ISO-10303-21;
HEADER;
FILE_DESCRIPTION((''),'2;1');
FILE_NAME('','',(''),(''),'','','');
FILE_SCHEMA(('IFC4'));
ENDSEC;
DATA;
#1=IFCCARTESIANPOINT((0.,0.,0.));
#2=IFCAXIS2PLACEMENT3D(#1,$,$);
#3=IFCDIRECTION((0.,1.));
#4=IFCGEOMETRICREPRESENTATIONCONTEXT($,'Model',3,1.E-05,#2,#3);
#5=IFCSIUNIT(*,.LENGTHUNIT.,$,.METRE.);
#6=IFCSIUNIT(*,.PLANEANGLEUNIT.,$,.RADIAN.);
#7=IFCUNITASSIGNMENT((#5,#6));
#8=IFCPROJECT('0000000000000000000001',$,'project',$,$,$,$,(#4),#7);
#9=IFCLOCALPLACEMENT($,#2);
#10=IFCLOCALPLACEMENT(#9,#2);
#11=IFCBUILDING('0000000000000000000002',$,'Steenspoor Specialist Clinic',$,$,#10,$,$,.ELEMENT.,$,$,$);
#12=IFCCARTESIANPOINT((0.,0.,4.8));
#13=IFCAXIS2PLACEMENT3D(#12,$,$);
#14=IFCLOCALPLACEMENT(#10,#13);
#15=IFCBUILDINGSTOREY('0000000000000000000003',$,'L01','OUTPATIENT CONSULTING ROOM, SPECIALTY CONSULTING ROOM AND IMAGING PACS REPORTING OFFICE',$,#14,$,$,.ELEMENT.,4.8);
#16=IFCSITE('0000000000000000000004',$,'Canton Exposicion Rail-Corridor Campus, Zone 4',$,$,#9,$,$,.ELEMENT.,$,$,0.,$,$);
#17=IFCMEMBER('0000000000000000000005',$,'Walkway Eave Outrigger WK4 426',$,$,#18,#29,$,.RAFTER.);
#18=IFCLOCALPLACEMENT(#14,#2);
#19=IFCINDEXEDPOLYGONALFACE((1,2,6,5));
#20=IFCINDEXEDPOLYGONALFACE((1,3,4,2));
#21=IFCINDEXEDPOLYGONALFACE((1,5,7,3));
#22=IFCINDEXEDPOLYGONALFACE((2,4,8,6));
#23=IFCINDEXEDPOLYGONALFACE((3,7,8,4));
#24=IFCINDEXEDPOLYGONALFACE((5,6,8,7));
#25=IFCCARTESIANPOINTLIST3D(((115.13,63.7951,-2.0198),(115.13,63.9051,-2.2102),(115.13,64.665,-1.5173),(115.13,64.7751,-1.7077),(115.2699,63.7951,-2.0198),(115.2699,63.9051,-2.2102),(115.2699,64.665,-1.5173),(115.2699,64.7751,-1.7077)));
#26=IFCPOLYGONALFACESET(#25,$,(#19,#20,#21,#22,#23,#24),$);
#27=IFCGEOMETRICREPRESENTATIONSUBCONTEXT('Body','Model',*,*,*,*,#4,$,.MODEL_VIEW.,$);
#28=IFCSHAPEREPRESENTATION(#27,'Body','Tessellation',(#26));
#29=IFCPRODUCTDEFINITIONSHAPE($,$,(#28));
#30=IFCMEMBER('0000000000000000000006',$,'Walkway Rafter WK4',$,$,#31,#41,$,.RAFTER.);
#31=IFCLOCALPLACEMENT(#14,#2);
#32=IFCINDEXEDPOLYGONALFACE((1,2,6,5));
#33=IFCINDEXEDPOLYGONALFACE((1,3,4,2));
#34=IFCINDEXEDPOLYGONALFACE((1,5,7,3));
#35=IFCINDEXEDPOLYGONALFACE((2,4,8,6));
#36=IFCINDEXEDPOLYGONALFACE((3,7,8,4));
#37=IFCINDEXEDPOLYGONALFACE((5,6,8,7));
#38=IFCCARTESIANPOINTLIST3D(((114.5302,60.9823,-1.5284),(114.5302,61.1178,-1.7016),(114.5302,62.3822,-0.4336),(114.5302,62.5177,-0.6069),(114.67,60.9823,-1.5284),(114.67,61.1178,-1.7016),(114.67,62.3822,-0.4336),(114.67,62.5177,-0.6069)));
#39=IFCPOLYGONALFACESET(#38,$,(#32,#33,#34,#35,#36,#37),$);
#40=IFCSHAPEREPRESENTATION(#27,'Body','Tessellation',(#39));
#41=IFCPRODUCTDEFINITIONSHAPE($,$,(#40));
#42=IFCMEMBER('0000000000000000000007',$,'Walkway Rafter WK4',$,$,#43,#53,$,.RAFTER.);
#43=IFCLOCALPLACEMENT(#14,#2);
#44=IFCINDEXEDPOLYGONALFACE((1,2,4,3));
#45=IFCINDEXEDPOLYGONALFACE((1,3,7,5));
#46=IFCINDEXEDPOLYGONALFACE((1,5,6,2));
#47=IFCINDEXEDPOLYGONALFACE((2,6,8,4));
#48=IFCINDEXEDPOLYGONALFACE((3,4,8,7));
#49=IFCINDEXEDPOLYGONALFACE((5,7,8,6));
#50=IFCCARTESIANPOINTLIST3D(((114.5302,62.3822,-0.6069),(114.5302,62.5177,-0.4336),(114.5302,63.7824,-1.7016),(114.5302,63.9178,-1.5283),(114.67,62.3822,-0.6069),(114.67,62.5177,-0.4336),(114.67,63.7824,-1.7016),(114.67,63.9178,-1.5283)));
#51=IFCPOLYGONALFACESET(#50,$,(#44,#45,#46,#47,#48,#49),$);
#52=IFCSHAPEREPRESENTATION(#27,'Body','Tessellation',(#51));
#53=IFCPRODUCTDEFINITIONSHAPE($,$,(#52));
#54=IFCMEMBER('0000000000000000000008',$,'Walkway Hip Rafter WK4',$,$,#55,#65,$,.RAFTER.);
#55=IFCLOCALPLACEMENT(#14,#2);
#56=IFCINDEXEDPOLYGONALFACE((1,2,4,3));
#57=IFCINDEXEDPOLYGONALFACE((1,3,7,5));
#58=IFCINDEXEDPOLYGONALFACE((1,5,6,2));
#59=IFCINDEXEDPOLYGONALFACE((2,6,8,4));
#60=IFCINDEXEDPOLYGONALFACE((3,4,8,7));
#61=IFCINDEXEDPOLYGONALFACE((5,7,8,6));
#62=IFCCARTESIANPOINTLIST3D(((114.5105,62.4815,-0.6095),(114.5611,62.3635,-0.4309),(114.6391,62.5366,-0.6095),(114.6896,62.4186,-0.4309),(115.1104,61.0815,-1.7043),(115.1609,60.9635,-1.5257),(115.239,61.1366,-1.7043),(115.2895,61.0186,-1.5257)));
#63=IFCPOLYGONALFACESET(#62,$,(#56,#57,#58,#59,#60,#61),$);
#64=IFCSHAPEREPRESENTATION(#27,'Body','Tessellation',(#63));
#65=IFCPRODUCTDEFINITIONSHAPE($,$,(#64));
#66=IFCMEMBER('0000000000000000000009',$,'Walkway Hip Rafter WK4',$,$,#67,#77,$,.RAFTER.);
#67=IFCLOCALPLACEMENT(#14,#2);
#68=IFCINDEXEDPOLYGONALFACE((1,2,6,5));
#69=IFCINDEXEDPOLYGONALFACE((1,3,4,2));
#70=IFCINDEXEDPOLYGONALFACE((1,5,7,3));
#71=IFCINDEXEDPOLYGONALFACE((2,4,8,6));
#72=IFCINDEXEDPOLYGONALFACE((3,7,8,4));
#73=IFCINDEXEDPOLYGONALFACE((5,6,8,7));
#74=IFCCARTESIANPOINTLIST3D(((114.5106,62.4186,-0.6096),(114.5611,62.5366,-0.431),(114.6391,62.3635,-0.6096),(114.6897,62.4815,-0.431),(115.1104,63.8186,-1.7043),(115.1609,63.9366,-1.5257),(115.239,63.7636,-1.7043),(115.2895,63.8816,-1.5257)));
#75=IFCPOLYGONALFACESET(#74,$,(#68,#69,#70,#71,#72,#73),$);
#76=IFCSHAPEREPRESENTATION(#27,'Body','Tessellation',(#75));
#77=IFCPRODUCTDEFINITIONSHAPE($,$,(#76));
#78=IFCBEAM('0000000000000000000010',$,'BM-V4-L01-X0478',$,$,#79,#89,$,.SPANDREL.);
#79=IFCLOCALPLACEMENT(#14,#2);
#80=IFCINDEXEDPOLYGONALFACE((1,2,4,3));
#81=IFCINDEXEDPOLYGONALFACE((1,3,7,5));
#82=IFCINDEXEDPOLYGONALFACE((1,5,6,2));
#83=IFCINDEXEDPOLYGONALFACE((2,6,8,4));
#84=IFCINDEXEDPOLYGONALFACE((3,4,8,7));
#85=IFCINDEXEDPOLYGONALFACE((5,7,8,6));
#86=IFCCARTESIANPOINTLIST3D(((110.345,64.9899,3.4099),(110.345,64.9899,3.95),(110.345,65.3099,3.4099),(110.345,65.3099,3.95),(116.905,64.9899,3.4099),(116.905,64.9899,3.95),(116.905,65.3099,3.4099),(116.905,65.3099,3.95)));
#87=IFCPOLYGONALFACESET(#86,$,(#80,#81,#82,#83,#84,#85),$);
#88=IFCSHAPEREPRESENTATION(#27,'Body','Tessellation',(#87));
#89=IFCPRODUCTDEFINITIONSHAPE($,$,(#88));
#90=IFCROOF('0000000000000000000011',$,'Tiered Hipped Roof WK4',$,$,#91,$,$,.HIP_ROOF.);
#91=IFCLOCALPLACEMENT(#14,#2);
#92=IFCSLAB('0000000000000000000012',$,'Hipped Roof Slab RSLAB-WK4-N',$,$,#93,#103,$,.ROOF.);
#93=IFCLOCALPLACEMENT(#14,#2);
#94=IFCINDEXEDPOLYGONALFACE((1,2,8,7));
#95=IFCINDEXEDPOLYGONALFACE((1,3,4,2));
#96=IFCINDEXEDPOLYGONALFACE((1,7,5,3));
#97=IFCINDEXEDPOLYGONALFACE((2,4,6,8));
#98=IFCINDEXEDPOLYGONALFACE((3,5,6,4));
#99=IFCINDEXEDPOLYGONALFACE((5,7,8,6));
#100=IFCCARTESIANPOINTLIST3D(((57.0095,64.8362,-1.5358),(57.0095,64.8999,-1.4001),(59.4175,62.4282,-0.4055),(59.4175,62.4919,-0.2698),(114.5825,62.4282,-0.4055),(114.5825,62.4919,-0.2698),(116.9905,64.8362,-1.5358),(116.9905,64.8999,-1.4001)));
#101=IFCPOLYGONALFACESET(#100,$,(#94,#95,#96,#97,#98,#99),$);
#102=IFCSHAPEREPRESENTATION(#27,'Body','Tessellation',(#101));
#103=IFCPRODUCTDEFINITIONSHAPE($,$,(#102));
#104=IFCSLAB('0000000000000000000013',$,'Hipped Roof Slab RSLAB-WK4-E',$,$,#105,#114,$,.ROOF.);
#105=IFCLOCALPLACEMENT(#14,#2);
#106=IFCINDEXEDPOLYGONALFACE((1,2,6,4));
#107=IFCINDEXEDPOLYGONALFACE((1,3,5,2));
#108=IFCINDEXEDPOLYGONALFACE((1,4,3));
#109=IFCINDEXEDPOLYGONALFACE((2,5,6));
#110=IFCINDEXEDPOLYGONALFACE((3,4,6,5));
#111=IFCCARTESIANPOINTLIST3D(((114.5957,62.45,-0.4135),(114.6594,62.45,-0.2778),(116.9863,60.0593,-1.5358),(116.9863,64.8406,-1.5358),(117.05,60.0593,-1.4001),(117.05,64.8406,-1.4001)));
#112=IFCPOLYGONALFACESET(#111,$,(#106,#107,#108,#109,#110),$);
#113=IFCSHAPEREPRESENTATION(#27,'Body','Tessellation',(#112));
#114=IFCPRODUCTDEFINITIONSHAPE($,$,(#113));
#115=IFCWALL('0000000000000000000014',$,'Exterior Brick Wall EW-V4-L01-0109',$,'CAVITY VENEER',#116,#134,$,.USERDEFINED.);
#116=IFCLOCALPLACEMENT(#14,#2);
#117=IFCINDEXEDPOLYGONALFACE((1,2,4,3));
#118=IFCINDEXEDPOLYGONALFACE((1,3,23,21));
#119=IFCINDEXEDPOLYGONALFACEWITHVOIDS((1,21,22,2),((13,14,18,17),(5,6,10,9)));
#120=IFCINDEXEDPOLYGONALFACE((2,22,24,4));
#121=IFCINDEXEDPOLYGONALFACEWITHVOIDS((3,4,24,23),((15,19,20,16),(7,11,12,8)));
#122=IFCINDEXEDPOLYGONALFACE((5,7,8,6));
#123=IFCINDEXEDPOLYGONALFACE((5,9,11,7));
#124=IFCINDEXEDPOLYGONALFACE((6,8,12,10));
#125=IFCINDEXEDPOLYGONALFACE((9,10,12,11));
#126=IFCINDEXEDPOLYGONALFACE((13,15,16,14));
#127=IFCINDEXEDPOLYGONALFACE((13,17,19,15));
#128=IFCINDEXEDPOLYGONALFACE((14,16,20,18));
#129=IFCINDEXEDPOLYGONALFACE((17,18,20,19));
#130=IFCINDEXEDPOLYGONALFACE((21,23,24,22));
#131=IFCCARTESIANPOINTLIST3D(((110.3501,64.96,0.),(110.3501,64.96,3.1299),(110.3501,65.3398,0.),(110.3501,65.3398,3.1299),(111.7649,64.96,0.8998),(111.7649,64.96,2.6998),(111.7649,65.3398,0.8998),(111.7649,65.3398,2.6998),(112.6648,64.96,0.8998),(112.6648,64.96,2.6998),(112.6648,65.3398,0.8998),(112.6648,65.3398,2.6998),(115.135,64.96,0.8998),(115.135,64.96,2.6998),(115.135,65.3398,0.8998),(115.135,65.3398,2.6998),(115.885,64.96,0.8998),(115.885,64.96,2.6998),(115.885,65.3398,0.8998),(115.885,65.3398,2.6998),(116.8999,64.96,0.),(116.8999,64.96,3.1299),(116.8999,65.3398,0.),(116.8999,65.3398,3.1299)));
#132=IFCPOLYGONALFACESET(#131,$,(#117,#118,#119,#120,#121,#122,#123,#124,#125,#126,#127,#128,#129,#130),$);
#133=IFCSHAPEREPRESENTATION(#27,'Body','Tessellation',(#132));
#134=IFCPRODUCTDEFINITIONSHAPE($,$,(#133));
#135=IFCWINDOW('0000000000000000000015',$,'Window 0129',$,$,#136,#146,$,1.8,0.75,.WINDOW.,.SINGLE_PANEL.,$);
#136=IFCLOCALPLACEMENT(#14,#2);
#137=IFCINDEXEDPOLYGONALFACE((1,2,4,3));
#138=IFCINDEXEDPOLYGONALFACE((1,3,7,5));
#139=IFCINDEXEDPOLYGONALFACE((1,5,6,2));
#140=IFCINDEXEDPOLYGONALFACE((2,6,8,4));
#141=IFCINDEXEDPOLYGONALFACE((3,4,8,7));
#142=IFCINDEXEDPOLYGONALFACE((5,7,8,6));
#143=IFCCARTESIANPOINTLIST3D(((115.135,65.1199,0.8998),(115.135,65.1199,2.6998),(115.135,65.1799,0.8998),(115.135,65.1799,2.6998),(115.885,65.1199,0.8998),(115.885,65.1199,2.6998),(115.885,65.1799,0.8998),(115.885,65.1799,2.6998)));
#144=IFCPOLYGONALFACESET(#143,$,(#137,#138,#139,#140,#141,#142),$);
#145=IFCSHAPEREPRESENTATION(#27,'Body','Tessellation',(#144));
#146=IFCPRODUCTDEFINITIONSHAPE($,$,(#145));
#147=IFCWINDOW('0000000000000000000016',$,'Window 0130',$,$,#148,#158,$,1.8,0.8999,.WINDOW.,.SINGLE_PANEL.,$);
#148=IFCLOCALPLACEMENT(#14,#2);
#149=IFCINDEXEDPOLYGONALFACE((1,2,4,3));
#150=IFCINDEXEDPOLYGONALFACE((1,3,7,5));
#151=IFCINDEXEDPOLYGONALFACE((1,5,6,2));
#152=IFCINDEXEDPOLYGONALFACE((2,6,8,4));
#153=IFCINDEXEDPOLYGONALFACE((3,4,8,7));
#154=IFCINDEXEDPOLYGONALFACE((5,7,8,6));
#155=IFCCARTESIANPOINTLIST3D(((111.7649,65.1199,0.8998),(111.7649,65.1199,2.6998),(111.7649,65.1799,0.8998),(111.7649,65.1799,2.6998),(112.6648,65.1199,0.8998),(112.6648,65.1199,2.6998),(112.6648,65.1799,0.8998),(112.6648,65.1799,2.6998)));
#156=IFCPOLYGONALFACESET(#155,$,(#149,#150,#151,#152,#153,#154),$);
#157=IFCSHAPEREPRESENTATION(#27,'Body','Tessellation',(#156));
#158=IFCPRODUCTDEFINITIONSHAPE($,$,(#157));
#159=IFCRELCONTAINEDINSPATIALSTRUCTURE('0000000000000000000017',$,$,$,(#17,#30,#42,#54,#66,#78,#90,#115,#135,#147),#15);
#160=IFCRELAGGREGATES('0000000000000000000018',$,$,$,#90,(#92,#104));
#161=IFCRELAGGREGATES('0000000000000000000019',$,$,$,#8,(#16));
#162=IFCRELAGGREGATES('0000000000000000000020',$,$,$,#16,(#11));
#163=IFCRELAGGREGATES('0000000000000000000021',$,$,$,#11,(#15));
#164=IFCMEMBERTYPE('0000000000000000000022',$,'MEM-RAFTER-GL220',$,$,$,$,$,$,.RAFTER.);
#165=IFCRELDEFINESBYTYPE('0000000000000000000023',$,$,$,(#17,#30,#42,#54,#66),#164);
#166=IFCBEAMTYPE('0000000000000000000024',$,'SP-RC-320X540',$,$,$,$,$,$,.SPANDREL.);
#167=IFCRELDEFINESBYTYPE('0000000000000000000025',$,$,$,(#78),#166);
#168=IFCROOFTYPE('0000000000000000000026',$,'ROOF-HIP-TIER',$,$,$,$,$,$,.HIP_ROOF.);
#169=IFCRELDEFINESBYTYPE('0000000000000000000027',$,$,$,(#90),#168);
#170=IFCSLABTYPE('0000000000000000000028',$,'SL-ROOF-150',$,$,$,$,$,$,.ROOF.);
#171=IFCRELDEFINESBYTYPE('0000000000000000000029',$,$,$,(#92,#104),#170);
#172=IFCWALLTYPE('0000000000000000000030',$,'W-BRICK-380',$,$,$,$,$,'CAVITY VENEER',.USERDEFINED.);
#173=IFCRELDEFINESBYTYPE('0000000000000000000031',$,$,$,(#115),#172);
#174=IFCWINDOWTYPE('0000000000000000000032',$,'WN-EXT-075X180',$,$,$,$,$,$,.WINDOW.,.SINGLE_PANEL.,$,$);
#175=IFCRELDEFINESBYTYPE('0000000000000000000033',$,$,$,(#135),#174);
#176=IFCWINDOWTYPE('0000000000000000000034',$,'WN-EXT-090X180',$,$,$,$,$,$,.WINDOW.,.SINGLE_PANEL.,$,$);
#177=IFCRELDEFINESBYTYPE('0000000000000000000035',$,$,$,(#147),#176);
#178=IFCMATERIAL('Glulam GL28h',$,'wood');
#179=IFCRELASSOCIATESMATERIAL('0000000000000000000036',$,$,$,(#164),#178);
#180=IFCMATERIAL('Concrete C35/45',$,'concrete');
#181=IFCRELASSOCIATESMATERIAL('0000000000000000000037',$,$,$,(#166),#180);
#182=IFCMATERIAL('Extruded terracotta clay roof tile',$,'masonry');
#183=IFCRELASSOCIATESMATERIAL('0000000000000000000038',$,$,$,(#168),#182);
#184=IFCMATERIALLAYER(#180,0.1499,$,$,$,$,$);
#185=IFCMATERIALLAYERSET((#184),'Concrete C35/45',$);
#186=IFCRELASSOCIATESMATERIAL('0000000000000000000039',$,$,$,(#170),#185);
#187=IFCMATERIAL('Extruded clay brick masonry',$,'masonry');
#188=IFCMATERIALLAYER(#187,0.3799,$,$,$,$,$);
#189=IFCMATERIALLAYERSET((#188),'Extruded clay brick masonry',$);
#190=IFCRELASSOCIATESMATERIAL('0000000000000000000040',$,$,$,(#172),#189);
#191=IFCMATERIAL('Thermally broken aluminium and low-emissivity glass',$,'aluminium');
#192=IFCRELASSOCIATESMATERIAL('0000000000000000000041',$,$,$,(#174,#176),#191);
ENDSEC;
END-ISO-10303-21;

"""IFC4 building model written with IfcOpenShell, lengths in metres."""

from ifc_helpers import new_model, si_unit, direction, frame, frame_2d, origin, origin_2d, place, context, subcontext, project, spatial, polyline, rectangle, outline, extrude, material, layer, layer_set, material_profile, profile_set, type_object, element, fill, aggregate, save


model = new_model("IFC4")

# Units and contexts
model_context = context("Model", 3, precision=1e-05, world=origin(), true_north=direction((0.0, 1.0)))
body_context = subcontext(model_context, "Body", "Model", "MODEL_VIEW")
ifc_project = project(units=[si_unit("LENGTHUNIT", "METRE"), si_unit("PLANEANGLEUNIT", "RADIAN")], contexts=[model_context])

# Site, building, storey
site_placement = place(None, origin())
site = spatial("IfcSite", under=ifc_project, at=site_placement, Name="Canton Exposicion Rail-Corridor Campus, Zone 4", CompositionType="ELEMENT", RefElevation=0.0)
building_placement = place(site_placement, origin())
building = spatial("IfcBuilding", under=site, at=building_placement, Name="Steenspoor Specialist Clinic", CompositionType="ELEMENT")
storey_placement = place(building_placement, frame((0.0, 0.0, 4.8)))
storey = spatial("IfcBuildingStorey", under=building, at=storey_placement, Name="L01", Description="OUTPATIENT CONSULTING ROOM, SPECIALTY CONSULTING ROOM AND IMAGING PACS REPORTING OFFICE", CompositionType="ELEMENT", Elevation=4.8)

# Shared definitions
ifc_material_1 = material(Name="Concrete C35/45", Category="concrete")

# Shared definitions
ifc_material_2 = material(Name="Thermally broken aluminium and low-emissivity glass", Category="aluminium")

# Members
ifc_material_3 = material(Name="Glulam GL28h", Category="wood")
ifc_material_profile_1 = material_profile(ifc_material_3, rectangle(XDim=0.1399, YDim=0.22, at=origin_2d()), Name="GL28H-140X220")
ifc_profile_set_1 = profile_set([ifc_material_profile_1], Name="Glulam GL28h")
member_type_1 = type_object("IfcMemberType", Name="MEM-RAFTER-GL220", PredefinedType="RAFTER", material=ifc_profile_set_1)
member_1_placement = place(storey_placement, frame((115.2, 63.8501, -2.115), z_axis=(0.0, 0.865931, 0.500164), x_axis=(-1.0, 0.0, 0.0)))
element("IfcMember", 1, at=member_1_placement, inside=storey, type_object=member_type_1, Name="Walkway Eave Outrigger WK4 426", PredefinedType="RAFTER", context=body_context, shape_type="SweptSolid", body=[
    extrude(rectangle(XDim=0.1399, YDim=0.22, at=origin_2d()), origin(), (0.0, 0.0, 1.0), 1.0046),
])
member_2_placement = place(storey_placement, frame((114.6001, 61.05, -1.615), z_axis=(0.0, 0.787737, 0.616012), x_axis=(-1.0, 0.0, 0.0)))
element("IfcMember", 2, at=member_2_placement, inside=storey, type_object=member_type_1, Name="Walkway Rafter WK4", PredefinedType="RAFTER", context=body_context, shape_type="SweptSolid", body=[
    extrude(rectangle(XDim=0.1399, YDim=0.22, at=origin_2d()), origin(), (0.0, 0.0, 1.0), 1.7771),
])
member_3_placement = place(storey_placement, frame((114.6001, 63.8501, -1.615), z_axis=(0.0, -0.787789, 0.615945), x_axis=(1.0, 0.0, 0.0)))
element("IfcMember", 3, at=member_3_placement, inside=storey, type_object=member_type_1, Name="Walkway Rafter WK4", PredefinedType="RAFTER", context=body_context, shape_type="SweptSolid", body=[
    extrude(rectangle(XDim=0.1399, YDim=0.22, at=origin_2d()), origin(), (0.0, 0.0, 1.0), 1.7773),
])
for number, where, z_axis, x_axis, name in (
    (4, (115.2, 61.05, -1.615), (-0.319815, 0.746365, 0.583659), (-0.91917, -0.393861, 0.0), "Walkway Hip Rafter WK4"),
    (5, (115.2, 63.8501, -1.615), (-0.319784, -0.746423, 0.583602), (0.919195, -0.393803, 0.0), "Walkway Hip Rafter WK4"),
):
    element("IfcMember", number, at=place(storey_placement, frame(where, z_axis=z_axis, x_axis=x_axis)), inside=storey, type_object=member_type_1, Name=name, PredefinedType="RAFTER", context=body_context, shape_type="SweptSolid", body=[
        extrude(rectangle(XDim=0.1399, YDim=0.22, at=origin_2d()), origin(), (0.0, 0.0, 1.0), 1.8757),
    ])

# Beam
ifc_material_profile_2 = material_profile(ifc_material_1, rectangle(XDim=0.3201, YDim=0.54, at=origin_2d()), Name="RC-SP-320X540")
ifc_profile_set_2 = profile_set([ifc_material_profile_2], Name="Concrete C35/45")
beam_type_1 = type_object("IfcBeamType", Name="SP-RC-320X540", PredefinedType="SPANDREL", material=ifc_profile_set_2)
beam_1_placement = place(storey_placement, frame((110.345, 65.1499, 3.6799), z_axis=(1.0, 0.0, 0.0), x_axis=(0.0, 1.0, 0.0)))
element("IfcBeam", 6, at=beam_1_placement, inside=storey, type_object=beam_type_1, Name="BM-V4-L01-X0478", PredefinedType="SPANDREL", context=body_context, shape_type="SweptSolid", body=[
    extrude(rectangle(XDim=0.3201, YDim=0.54, at=origin_2d()), origin(), (0.0, 0.0, 1.0), 6.5601),
])

# Roof, slabs
ifc_material_4 = material(Name="Extruded terracotta clay roof tile", Category="masonry")
roof_type = type_object("IfcRoofType", Name="ROOF-HIP-TIER", PredefinedType="HIP_ROOF", material=ifc_material_4)
roof_placement = place(storey_placement, origin())
roof = element("IfcRoof", 7, at=roof_placement, inside=storey, type_object=roof_type, Name="Tiered Hipped Roof WK4", PredefinedType="HIP_ROOF")
ifc_layer_1 = layer(ifc_material_1, 0.1499)
ifc_layer_set_1 = layer_set([ifc_layer_1], Name="Concrete C35/45")
slab_type = type_object("IfcSlabType", Name="SL-ROOF-150", PredefinedType="ROOF", material=ifc_layer_set_1)
slab_1_placement = place(storey_placement, frame((114.5825, 62.4919, -0.2698), z_axis=(0.0, 0.424939, 0.905222), x_axis=(0.671101, 0.671101, -0.315036)))
slab_1 = element("IfcSlab", 8, at=slab_1_placement, type_object=slab_type, Name="Hipped Roof Slab RSLAB-WK4-N", PredefinedType="ROOF", context=body_context, shape_type="SweptSolid", body=[
    extrude(outline(polyline([(0.0, 0.0), (3.5881, 0.0), (-36.6652, 44.4678), (-37.0213, 40.8975), (0.0, 0.0)])), origin(), (0.0, 0.0, -1.0), 0.1499),
])
slab_2_placement = place(storey_placement, frame((114.6594, 62.45, -0.2778), z_axis=(0.424964, 0.0, 0.90521), x_axis=(0.671096, -0.671096, -0.315056)))
slab_2 = element("IfcSlab", 9, at=slab_2_placement, type_object=slab_type, Name="Hipped Roof Slab RSLAB-WK4-E", PredefinedType="ROOF", context=body_context, shape_type="SweptSolid", body=[
    extrude(outline(polyline([(0.0, 0.0), (3.5623, 0.0), (0.3536, 3.5447), (0.0, 0.0)])), origin(), (0.0, 0.0, -1.0), 0.1499),
])
aggregate(roof, [slab_1, slab_2])

# Wall, openings, windows
ifc_material_5 = material(Name="Extruded clay brick masonry", Category="masonry")
ifc_layer_2 = layer(ifc_material_5, 0.3799)
ifc_layer_set_2 = layer_set([ifc_layer_2], Name="Extruded clay brick masonry")
wall_type_1 = type_object("IfcWallType", Name="W-BRICK-380", ElementType="CAVITY VENEER", PredefinedType="USERDEFINED", material=ifc_layer_set_2)
wall_1_placement = place(storey_placement, frame((116.8999, 65.1499, 0.0), z_axis=(0.0, 0.0, 1.0), x_axis=(-1.0, 0.0, 0.0)))
wall_1 = element("IfcWall", 10, at=wall_1_placement, inside=storey, type_object=wall_type_1, Name="Exterior Brick Wall EW-V4-L01-0109", ObjectType="CAVITY VENEER", PredefinedType="USERDEFINED", context=body_context, shape_type="SweptSolid", body=[
    extrude(rectangle(XDim=6.5498, YDim=0.3799, at=frame_2d((3.2749, 0.0))), origin(), (0.0, 0.0, 1.0), 3.1299),
])
opening_1_placement = place(wall_1_placement, frame((1.0149, 0.0, 0.8999)))
opening_1 = element("IfcOpeningElement", 11, at=opening_1_placement, cuts=wall_1, PredefinedType="OPENING", context=body_context, shape_type="SweptSolid", body=[
    extrude(rectangle(XDim=0.75, YDim=1.8, at=frame_2d((0.375, 0.8999))), frame((0.0, 0.2, 0.0), z_axis=(0.0, -1.0, 0.0), x_axis=(1.0, 0.0, 0.0)), (0.0, 0.0, 1.0), 0.3999),
])
opening_2_placement = place(wall_1_placement, frame((4.2351, 0.0, 0.8999)))
opening_2 = element("IfcOpeningElement", 12, at=opening_2_placement, cuts=wall_1, PredefinedType="OPENING", context=body_context, shape_type="SweptSolid", body=[
    extrude(rectangle(XDim=0.8999, YDim=1.8, at=frame_2d((0.45, 0.8999))), frame((0.0, 0.2, 0.0), z_axis=(0.0, -1.0, 0.0), x_axis=(1.0, 0.0, 0.0)), (0.0, 0.0, 1.0), 0.3999),
])
window_type_1 = type_object("IfcWindowType", Name="WN-EXT-075X180", PartitioningType="SINGLE_PANEL", PredefinedType="WINDOW", material=ifc_material_2)
window_1_placement = place(opening_1_placement, origin())
window_1 = element("IfcWindow", 13, at=window_1_placement, inside=storey, type_object=window_type_1, Name="Window 0129", OverallHeight=1.8, OverallWidth=0.75, PartitioningType="SINGLE_PANEL", PredefinedType="WINDOW", context=body_context, shape_type="SweptSolid", body=[
    extrude(rectangle(XDim=0.75, YDim=1.8, at=frame_2d((0.375, 0.8999))), frame((0.0, 0.03, 0.0), z_axis=(0.0, -1.0, 0.0), x_axis=(1.0, 0.0, 0.0)), (0.0, 0.0, 1.0), 0.0601),
])
fill(opening_1, window_1)
window_type_2 = type_object("IfcWindowType", Name="WN-EXT-090X180", PartitioningType="SINGLE_PANEL", PredefinedType="WINDOW", material=ifc_material_2)
window_2_placement = place(opening_2_placement, origin())
window_2 = element("IfcWindow", 14, at=window_2_placement, inside=storey, type_object=window_type_2, Name="Window 0130", OverallHeight=1.8, OverallWidth=0.8999, PartitioningType="SINGLE_PANEL", PredefinedType="WINDOW", context=body_context, shape_type="SweptSolid", body=[
    extrude(rectangle(XDim=0.8999, YDim=1.8, at=frame_2d((0.45, 0.8999))), frame((0.0, 0.03, 0.0), z_axis=(0.0, -1.0, 0.0), x_axis=(1.0, 0.0, 0.0)), (0.0, 0.0, 1.0), 0.0601),
])
fill(opening_2, window_2)

save(model, "model.ifc")
